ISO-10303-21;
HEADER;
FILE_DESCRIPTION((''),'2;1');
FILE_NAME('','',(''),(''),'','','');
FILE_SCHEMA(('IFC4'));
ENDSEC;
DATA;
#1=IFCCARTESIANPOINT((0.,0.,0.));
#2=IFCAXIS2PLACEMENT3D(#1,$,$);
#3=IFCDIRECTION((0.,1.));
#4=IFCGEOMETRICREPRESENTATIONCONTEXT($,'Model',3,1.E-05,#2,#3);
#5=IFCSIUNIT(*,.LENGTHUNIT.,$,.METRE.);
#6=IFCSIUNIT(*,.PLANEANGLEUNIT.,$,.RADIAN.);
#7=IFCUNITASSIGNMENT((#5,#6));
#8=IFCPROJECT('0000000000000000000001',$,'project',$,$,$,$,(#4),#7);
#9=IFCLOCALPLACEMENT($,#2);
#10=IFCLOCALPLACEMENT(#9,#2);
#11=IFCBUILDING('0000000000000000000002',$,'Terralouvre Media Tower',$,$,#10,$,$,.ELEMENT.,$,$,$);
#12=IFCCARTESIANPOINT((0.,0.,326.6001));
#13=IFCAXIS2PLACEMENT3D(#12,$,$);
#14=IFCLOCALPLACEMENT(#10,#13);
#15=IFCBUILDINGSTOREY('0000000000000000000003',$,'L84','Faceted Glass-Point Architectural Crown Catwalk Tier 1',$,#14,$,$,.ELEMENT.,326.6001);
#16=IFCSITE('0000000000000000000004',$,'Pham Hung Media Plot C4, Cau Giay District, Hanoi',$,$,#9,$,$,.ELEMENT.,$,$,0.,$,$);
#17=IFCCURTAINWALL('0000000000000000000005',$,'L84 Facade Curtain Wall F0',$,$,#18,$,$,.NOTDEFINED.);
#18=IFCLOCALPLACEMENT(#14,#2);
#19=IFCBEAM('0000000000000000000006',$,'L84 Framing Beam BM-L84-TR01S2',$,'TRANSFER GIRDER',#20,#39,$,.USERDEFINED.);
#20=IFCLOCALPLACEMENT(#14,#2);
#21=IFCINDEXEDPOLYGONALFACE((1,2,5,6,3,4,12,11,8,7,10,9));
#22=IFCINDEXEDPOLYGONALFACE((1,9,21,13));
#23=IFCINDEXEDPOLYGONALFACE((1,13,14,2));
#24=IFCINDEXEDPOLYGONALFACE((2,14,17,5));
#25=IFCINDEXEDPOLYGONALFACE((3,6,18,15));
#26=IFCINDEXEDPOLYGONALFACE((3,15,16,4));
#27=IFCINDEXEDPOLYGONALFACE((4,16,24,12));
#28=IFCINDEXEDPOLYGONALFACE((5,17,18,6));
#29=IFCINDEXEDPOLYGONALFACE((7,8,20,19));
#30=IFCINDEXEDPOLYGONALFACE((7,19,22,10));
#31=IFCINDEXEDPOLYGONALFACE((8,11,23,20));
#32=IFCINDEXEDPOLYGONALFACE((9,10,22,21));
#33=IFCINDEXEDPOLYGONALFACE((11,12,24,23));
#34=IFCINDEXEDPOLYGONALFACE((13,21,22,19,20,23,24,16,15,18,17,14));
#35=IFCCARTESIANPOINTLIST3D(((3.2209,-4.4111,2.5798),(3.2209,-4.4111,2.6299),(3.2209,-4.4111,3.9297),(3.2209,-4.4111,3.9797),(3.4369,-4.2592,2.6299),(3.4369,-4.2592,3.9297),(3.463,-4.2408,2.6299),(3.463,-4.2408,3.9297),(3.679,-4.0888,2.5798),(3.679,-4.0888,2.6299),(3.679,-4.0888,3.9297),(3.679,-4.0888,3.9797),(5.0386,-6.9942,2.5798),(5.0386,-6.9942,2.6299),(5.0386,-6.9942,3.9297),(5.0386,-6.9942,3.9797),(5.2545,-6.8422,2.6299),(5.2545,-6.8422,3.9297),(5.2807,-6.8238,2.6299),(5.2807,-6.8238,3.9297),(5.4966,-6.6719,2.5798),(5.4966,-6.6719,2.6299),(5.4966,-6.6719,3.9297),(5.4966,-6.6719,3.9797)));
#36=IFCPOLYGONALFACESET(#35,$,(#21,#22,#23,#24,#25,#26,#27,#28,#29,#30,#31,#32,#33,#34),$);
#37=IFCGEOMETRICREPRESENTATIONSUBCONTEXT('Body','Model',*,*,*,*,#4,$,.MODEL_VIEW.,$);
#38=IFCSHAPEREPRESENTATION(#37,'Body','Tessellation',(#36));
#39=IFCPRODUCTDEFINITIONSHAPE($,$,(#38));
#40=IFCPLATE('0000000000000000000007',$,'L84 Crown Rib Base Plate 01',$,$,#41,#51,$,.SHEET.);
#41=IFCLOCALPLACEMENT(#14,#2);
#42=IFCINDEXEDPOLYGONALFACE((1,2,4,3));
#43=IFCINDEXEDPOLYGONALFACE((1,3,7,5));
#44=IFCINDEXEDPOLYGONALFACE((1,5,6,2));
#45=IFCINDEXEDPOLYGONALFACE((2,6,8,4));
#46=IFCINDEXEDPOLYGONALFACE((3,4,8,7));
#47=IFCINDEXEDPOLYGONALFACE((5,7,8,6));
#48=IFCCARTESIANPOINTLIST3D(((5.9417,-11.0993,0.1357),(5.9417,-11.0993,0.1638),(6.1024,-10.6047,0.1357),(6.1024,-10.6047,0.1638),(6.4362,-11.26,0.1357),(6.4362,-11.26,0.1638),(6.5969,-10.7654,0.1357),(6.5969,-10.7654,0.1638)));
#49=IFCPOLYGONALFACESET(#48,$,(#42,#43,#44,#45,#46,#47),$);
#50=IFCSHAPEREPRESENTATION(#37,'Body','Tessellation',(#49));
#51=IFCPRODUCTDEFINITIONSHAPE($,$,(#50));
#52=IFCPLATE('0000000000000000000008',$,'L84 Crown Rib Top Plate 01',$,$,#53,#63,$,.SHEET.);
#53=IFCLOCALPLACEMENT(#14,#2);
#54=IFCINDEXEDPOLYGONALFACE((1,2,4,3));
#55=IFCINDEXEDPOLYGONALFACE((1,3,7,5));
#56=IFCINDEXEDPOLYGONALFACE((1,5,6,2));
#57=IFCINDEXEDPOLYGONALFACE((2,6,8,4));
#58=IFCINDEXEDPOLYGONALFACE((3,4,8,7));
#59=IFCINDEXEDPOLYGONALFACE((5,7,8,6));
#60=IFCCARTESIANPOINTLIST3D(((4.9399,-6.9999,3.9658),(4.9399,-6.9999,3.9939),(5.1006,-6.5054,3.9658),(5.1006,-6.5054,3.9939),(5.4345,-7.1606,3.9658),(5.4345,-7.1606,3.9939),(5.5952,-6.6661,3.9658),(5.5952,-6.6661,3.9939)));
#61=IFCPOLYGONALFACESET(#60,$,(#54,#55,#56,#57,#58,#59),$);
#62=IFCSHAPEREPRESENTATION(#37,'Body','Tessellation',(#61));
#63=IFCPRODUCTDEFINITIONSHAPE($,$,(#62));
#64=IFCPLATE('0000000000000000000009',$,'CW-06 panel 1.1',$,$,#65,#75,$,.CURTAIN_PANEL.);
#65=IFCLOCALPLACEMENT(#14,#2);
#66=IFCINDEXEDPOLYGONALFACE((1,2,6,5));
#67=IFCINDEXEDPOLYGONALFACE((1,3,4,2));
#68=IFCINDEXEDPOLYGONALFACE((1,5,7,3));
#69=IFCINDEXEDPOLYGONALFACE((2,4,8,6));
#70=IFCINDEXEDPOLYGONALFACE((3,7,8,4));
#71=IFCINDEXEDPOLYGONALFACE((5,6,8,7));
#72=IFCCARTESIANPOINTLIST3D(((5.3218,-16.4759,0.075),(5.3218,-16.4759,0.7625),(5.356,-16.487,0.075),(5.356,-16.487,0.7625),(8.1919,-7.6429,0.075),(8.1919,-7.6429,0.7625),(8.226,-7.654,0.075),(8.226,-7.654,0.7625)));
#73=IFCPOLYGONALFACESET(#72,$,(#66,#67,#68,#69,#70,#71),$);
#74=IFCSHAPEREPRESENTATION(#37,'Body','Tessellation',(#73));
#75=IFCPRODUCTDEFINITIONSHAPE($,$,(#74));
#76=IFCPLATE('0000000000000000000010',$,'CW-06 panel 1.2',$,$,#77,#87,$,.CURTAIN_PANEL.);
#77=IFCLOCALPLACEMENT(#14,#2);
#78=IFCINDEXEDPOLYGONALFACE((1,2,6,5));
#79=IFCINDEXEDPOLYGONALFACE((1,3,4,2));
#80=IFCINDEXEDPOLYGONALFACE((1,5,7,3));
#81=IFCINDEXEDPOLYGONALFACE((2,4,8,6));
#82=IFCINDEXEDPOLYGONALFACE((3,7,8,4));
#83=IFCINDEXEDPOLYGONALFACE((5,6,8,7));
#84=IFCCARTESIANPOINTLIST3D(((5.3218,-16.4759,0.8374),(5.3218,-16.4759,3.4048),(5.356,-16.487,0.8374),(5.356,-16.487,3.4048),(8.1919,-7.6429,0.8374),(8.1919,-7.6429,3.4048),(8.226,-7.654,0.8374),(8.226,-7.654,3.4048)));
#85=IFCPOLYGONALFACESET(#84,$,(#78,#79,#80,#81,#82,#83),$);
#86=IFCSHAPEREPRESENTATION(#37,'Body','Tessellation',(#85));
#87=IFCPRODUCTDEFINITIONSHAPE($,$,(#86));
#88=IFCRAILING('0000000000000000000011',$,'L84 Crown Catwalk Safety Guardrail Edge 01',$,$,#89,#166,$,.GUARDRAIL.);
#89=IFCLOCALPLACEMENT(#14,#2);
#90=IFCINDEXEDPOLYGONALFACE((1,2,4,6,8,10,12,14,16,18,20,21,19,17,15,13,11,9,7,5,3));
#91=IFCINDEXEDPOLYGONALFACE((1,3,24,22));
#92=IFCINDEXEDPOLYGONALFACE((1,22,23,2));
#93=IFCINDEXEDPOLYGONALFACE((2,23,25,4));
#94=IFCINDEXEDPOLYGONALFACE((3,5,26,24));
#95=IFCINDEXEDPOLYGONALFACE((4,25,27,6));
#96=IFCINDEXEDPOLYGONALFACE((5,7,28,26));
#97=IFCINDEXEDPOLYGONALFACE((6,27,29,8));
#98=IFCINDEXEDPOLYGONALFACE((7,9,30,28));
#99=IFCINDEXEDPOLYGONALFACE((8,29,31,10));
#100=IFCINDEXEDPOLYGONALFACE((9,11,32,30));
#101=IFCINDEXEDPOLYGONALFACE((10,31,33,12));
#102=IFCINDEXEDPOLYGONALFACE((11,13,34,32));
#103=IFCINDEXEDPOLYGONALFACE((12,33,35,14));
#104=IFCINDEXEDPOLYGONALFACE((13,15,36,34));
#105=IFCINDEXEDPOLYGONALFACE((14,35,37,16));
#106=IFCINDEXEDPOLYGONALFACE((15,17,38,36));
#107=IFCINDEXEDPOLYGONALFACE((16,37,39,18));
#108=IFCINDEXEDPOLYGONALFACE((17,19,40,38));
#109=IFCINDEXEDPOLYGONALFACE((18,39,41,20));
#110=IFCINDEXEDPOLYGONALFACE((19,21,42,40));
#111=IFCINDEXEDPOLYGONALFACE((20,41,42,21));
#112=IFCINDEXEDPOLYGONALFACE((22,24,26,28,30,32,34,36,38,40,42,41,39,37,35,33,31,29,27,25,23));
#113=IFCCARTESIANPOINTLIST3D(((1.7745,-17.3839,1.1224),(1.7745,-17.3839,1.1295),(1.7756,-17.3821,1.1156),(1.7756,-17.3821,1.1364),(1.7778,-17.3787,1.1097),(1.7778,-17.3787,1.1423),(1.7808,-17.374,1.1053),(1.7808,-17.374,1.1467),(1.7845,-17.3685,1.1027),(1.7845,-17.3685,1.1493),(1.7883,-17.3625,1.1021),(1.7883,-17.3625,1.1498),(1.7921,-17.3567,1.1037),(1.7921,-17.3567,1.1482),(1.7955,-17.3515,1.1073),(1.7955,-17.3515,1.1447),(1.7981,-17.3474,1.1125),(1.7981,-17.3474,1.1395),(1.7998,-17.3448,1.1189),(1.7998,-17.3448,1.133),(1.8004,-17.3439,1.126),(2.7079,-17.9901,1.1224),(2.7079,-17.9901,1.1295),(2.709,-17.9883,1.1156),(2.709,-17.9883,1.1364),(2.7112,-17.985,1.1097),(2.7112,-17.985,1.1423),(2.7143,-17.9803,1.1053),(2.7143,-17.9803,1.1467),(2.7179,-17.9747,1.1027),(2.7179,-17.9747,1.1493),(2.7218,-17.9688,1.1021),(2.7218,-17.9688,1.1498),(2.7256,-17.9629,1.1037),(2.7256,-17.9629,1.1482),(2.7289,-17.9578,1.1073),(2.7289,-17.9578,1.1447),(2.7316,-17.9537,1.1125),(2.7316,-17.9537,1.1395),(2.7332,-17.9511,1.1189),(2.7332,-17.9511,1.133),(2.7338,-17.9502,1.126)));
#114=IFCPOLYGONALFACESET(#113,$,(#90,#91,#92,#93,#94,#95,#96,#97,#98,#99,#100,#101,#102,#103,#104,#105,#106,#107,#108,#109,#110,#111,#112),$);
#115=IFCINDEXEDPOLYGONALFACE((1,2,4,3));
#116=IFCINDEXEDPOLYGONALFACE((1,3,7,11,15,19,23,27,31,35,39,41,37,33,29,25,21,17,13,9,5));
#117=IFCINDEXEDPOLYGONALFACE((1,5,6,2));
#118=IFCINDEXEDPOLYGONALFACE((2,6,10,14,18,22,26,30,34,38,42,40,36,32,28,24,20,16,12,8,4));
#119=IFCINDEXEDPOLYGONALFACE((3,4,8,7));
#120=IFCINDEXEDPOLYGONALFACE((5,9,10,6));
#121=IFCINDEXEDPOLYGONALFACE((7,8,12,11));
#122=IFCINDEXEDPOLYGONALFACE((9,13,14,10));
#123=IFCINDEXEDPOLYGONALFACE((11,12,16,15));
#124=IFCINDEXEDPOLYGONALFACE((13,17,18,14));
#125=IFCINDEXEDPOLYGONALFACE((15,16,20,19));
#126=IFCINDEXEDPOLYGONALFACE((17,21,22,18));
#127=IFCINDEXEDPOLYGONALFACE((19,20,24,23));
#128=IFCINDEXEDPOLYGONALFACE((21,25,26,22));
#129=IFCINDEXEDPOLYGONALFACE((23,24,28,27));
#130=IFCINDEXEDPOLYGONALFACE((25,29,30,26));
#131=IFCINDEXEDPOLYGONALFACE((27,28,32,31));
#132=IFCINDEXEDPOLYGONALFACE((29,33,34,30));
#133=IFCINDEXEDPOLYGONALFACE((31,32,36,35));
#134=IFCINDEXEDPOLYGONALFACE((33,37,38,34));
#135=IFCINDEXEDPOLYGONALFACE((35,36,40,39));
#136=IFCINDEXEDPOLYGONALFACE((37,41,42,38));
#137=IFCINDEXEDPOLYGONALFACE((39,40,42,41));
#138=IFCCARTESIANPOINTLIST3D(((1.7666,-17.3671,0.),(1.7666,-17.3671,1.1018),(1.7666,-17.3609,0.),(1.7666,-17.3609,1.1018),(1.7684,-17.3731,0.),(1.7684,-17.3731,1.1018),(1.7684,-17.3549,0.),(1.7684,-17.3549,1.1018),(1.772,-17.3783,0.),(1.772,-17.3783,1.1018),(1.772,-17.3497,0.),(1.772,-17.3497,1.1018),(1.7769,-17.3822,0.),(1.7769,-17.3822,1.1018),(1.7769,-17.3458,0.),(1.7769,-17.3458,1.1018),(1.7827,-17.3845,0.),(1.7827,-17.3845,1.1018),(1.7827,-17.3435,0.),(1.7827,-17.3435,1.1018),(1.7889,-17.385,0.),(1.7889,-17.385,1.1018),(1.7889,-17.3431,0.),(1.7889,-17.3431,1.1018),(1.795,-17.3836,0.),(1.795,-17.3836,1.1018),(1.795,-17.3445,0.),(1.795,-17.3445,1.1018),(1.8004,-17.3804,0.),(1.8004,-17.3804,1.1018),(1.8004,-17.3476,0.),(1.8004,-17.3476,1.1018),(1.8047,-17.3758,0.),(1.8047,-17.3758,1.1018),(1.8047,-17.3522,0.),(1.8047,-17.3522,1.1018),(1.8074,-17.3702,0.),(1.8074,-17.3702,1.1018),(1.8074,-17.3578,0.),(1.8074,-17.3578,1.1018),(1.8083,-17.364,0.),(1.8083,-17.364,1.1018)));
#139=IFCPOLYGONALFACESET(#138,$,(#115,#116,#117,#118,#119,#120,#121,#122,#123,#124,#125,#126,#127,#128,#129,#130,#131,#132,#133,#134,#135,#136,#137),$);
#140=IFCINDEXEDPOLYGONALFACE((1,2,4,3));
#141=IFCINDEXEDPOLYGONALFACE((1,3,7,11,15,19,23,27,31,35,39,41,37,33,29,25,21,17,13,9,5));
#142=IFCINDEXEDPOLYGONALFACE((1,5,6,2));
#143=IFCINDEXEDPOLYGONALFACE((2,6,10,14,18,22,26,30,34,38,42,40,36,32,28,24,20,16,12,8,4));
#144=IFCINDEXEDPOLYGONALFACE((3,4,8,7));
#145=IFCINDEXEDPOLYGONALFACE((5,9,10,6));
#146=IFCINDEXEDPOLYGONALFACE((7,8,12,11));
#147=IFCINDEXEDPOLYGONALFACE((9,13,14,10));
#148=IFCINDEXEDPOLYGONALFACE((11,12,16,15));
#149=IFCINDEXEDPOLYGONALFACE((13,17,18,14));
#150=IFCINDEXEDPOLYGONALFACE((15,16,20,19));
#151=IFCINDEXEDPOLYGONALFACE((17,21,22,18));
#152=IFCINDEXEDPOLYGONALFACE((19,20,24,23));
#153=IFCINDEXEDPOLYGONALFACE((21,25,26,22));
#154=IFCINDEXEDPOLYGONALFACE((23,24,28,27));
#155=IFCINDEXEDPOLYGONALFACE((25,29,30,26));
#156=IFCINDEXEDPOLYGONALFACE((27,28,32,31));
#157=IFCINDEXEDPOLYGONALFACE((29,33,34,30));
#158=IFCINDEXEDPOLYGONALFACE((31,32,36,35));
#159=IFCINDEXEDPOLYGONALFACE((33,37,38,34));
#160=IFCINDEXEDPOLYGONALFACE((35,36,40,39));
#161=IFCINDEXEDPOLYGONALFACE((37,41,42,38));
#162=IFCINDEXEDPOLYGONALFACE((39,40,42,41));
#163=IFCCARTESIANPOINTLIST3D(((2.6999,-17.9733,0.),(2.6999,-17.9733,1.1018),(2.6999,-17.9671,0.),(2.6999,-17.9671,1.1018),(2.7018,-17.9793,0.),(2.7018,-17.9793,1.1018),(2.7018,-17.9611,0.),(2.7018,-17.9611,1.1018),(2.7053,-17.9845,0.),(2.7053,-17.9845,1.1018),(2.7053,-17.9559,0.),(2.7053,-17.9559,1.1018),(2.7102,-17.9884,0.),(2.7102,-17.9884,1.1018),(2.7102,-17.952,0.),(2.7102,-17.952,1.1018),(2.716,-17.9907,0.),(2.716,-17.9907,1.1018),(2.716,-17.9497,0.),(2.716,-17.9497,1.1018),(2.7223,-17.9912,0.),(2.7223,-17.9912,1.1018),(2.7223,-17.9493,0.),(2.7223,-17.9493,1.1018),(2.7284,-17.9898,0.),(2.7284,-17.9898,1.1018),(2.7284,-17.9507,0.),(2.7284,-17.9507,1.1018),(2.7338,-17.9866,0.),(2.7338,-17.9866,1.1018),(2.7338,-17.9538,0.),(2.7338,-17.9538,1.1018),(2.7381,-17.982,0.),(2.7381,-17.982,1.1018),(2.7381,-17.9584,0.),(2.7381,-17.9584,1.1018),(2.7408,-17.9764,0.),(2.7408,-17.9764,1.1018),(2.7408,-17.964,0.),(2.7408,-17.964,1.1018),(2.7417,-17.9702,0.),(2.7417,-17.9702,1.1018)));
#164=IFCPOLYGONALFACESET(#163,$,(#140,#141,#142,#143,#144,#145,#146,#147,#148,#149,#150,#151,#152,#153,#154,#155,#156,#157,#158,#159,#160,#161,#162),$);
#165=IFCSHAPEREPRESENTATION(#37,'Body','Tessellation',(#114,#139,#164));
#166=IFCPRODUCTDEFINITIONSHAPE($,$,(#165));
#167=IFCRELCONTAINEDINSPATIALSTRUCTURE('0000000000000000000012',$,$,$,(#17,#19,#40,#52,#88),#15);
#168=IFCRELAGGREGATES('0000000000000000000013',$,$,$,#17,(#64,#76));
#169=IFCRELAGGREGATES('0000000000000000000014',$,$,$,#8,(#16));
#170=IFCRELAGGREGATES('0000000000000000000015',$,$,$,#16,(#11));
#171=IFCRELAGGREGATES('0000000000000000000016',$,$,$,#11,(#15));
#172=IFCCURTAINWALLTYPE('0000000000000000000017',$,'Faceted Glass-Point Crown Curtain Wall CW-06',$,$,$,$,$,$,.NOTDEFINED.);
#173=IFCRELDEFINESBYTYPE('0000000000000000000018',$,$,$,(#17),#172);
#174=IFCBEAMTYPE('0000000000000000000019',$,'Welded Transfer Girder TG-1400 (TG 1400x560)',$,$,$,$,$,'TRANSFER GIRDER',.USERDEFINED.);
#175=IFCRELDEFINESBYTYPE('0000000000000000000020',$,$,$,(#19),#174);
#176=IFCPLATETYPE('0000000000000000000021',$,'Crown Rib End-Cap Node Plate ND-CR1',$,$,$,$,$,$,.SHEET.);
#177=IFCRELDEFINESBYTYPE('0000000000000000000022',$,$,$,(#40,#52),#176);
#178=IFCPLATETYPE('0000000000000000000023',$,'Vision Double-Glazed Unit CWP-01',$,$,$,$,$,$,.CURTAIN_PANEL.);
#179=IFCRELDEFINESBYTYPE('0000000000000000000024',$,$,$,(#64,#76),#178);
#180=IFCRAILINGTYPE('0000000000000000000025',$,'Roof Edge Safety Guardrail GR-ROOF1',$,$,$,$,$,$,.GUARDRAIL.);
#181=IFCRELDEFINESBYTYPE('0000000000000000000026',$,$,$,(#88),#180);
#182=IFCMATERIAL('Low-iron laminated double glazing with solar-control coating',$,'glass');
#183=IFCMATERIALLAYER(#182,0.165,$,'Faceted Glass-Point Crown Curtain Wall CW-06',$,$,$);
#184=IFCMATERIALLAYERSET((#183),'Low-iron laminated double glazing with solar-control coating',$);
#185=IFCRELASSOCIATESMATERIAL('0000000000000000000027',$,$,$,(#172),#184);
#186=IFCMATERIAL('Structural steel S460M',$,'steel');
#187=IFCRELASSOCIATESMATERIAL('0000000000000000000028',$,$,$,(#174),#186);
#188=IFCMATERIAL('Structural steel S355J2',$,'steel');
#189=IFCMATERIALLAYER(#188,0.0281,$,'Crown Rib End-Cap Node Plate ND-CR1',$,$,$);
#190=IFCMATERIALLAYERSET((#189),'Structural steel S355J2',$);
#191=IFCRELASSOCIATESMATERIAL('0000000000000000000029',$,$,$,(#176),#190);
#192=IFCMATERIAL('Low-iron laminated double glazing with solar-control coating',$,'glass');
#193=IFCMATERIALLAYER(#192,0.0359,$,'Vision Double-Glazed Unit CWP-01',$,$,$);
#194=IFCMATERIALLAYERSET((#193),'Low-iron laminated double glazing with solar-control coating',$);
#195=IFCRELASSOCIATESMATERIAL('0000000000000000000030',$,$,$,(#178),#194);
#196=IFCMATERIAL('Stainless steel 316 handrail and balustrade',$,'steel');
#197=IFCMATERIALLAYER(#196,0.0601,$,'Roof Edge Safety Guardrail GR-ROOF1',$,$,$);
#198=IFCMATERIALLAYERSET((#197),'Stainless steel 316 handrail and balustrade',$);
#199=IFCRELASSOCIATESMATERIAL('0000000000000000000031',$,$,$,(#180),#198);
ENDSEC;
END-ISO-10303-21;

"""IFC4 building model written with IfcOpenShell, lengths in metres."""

from ifc_helpers import new_model, si_unit, direction, frame, origin, origin_2d, place, context, subcontext, project, spatial, rectangle, circle, i_section, extrude, material, layer, layer_set, material_profile, profile_set, type_object, element, aggregate, save


model = new_model("IFC4")

# Units and contexts
model_context = context("Model", 3, precision=1e-05, world=origin(), true_north=direction((0.0, 1.0)))
body_context = subcontext(model_context, "Body", "Model", "MODEL_VIEW")
ifc_project = project(units=[si_unit("LENGTHUNIT", "METRE"), si_unit("PLANEANGLEUNIT", "RADIAN")], contexts=[model_context])

# Site, building, storey
site_placement = place(None, origin())
site = spatial("IfcSite", under=ifc_project, at=site_placement, Name="Pham Hung Media Plot C4, Cau Giay District, Hanoi", CompositionType="ELEMENT", RefElevation=0.0)
building_placement = place(site_placement, origin())
building = spatial("IfcBuilding", under=site, at=building_placement, Name="Terralouvre Media Tower", CompositionType="ELEMENT")
storey_placement = place(building_placement, frame((0.0, 0.0, 326.6001)))
storey = spatial("IfcBuildingStorey", under=building, at=storey_placement, Name="L84", Description="Faceted Glass-Point Architectural Crown Catwalk Tier 1", CompositionType="ELEMENT", Elevation=326.6001)

# Curtain wall
ifc_material_1 = material(Name="Low-iron laminated double glazing with solar-control coating", Category="glass")
ifc_layer_1 = layer(ifc_material_1, 0.165, Name="Faceted Glass-Point Crown Curtain Wall CW-06")
ifc_layer_set_1 = layer_set([ifc_layer_1], Name="Low-iron laminated double glazing with solar-control coating")
curtain_wall_type = type_object("IfcCurtainWallType", Name="Faceted Glass-Point Crown Curtain Wall CW-06", PredefinedType="NOTDEFINED", material=ifc_layer_set_1)
curtain_wall_1_placement = place(storey_placement, origin())
curtain_wall_1 = element("IfcCurtainWall", 1, at=curtain_wall_1_placement, inside=storey, type_object=curtain_wall_type, Name="L84 Facade Curtain Wall F0", PredefinedType="NOTDEFINED")

# Beam
ifc_material_2 = material(Name="Structural steel S460M", Category="steel")
ifc_material_profile_1 = material_profile(ifc_material_2, i_section(OverallWidth=0.5601, OverallDepth=1.3999, WebThickness=0.032, FlangeThickness=0.05, at=origin_2d()), Name="TG 1400x560")
ifc_profile_set_1 = profile_set([ifc_material_profile_1], Name="Structural steel S460M")
beam_type = type_object("IfcBeamType", Name="Welded Transfer Girder TG-1400 (TG 1400x560)", ElementType="TRANSFER GIRDER", PredefinedType="USERDEFINED", material=ifc_profile_set_1)
beam_1_placement = place(storey_placement, frame((5.2676, -6.833, 3.2798), z_axis=(-0.575484, 0.817813, 0.0), x_axis=(-0.817813, -0.575484, 0.0)))
element("IfcBeam", 2, at=beam_1_placement, inside=storey, type_object=beam_type, Name="L84 Framing Beam BM-L84-TR01S2", ObjectType="TRANSFER GIRDER", PredefinedType="USERDEFINED", context=body_context, shape_type="SweptSolid", body=[
    extrude(i_section(OverallWidth=0.5601, OverallDepth=1.3999, WebThickness=0.032, FlangeThickness=0.05, at=origin_2d()), origin(), (0.0, 0.0, 1.0), 3.1584),
])

# Plates
ifc_material_3 = material(Name="Structural steel S355J2", Category="steel")
ifc_layer_2 = layer(ifc_material_3, 0.0281, Name="Crown Rib End-Cap Node Plate ND-CR1")
ifc_layer_set_2 = layer_set([ifc_layer_2], Name="Structural steel S355J2")
plate_type_1 = type_object("IfcPlateType", Name="Crown Rib End-Cap Node Plate ND-CR1", PredefinedType="SHEET", material=ifc_layer_set_2)
for number, where, z_axis, x_axis, name in (
    (3, (6.2693, -10.9324, 0.1357), (0.0, 0.0, 1.0), (0.309017, 0.951057, 0.0), "L84 Crown Rib Base Plate 01"),
    (4, (5.2676, -6.833, 3.9658), (0.0, 0.0, 1.0), (0.309017, 0.951057, 0.0), "L84 Crown Rib Top Plate 01"),
):
    element("IfcPlate", number, at=place(storey_placement, frame(where, z_axis=z_axis, x_axis=x_axis)), inside=storey, type_object=plate_type_1, Name=name, PredefinedType="SHEET", context=body_context, shape_type="SweptSolid", body=[
        extrude(rectangle(XDim=0.52, YDim=0.52, at=origin_2d()), origin(), (0.0, 0.0, 1.0), 0.0281),
    ])

# Plates
ifc_material_4 = material(Name="Low-iron laminated double glazing with solar-control coating", Category="glass")
ifc_layer_3 = layer(ifc_material_4, 0.0359, Name="Vision Double-Glazed Unit CWP-01")
ifc_layer_set_3 = layer_set([ifc_layer_3], Name="Low-iron laminated double glazing with solar-control coating")
plate_type_2 = type_object("IfcPlateType", Name="Vision Double-Glazed Unit CWP-01", PredefinedType="CURTAIN_PANEL", material=ifc_layer_set_3)
plate_1_placement = place(storey_placement, frame((6.7739, -12.0649, 0.075), z_axis=(0.0, 0.0, 1.0), x_axis=(0.309017, 0.951057, 0.0)))
plate_1 = element("IfcPlate", 5, at=plate_1_placement, type_object=plate_type_2, Name="CW-06 panel 1.1", PredefinedType="CURTAIN_PANEL", context=body_context, shape_type="SweptSolid", body=[
    extrude(rectangle(XDim=9.2876, YDim=0.0359, at=origin_2d()), origin(), (0.0, 0.0, 1.0), 0.6875),
])
plate_2_placement = place(storey_placement, frame((6.7739, -12.0649, 0.8374), z_axis=(0.0, 0.0, 1.0), x_axis=(0.309017, 0.951057, 0.0)))
plate_2 = element("IfcPlate", 6, at=plate_2_placement, type_object=plate_type_2, Name="CW-06 panel 1.2", PredefinedType="CURTAIN_PANEL", context=body_context, shape_type="SweptSolid", body=[
    extrude(rectangle(XDim=9.2876, YDim=0.0359, at=origin_2d()), origin(), (0.0, 0.0, 1.0), 2.5674),
])
aggregate(curtain_wall_1, [plate_1, plate_2])

# Railing
ifc_material_5 = material(Name="Stainless steel 316 handrail and balustrade", Category="steel")
ifc_layer_4 = layer(ifc_material_5, 0.0601, Name="Roof Edge Safety Guardrail GR-ROOF1")
ifc_layer_set_4 = layer_set([ifc_layer_4], Name="Stainless steel 316 handrail and balustrade")
railing_type = type_object("IfcRailingType", Name="Roof Edge Safety Guardrail GR-ROOF1", PredefinedType="GUARDRAIL", material=ifc_layer_set_4)
railing_1_placement = place(storey_placement, frame((1.7874, -17.364, 0.0)))
element("IfcRailing", 7, at=railing_1_placement, inside=storey, type_object=railing_type, Name="L84 Crown Catwalk Safety Guardrail Edge 01", PredefinedType="GUARDRAIL", context=body_context, shape_type="SweptSolid", body=[
    extrude(circle(Radius=0.0239, at=origin_2d()), frame((0.0, 0.0, 1.126), z_axis=(0.838639, -0.544688, 0.0), x_axis=(0.544688, 0.838639, 0.0)), (0.0, 0.0, 1.0), 1.113),
    extrude(circle(Radius=0.021, at=origin_2d()), origin(), (0.0, 0.0, 1.0), 1.1018),
    extrude(circle(Radius=0.021, at=origin_2d()), frame((0.9333, -0.6062, 0.0)), (0.0, 0.0, 1.0), 1.1018),
])

save(model, "model.ifc")
